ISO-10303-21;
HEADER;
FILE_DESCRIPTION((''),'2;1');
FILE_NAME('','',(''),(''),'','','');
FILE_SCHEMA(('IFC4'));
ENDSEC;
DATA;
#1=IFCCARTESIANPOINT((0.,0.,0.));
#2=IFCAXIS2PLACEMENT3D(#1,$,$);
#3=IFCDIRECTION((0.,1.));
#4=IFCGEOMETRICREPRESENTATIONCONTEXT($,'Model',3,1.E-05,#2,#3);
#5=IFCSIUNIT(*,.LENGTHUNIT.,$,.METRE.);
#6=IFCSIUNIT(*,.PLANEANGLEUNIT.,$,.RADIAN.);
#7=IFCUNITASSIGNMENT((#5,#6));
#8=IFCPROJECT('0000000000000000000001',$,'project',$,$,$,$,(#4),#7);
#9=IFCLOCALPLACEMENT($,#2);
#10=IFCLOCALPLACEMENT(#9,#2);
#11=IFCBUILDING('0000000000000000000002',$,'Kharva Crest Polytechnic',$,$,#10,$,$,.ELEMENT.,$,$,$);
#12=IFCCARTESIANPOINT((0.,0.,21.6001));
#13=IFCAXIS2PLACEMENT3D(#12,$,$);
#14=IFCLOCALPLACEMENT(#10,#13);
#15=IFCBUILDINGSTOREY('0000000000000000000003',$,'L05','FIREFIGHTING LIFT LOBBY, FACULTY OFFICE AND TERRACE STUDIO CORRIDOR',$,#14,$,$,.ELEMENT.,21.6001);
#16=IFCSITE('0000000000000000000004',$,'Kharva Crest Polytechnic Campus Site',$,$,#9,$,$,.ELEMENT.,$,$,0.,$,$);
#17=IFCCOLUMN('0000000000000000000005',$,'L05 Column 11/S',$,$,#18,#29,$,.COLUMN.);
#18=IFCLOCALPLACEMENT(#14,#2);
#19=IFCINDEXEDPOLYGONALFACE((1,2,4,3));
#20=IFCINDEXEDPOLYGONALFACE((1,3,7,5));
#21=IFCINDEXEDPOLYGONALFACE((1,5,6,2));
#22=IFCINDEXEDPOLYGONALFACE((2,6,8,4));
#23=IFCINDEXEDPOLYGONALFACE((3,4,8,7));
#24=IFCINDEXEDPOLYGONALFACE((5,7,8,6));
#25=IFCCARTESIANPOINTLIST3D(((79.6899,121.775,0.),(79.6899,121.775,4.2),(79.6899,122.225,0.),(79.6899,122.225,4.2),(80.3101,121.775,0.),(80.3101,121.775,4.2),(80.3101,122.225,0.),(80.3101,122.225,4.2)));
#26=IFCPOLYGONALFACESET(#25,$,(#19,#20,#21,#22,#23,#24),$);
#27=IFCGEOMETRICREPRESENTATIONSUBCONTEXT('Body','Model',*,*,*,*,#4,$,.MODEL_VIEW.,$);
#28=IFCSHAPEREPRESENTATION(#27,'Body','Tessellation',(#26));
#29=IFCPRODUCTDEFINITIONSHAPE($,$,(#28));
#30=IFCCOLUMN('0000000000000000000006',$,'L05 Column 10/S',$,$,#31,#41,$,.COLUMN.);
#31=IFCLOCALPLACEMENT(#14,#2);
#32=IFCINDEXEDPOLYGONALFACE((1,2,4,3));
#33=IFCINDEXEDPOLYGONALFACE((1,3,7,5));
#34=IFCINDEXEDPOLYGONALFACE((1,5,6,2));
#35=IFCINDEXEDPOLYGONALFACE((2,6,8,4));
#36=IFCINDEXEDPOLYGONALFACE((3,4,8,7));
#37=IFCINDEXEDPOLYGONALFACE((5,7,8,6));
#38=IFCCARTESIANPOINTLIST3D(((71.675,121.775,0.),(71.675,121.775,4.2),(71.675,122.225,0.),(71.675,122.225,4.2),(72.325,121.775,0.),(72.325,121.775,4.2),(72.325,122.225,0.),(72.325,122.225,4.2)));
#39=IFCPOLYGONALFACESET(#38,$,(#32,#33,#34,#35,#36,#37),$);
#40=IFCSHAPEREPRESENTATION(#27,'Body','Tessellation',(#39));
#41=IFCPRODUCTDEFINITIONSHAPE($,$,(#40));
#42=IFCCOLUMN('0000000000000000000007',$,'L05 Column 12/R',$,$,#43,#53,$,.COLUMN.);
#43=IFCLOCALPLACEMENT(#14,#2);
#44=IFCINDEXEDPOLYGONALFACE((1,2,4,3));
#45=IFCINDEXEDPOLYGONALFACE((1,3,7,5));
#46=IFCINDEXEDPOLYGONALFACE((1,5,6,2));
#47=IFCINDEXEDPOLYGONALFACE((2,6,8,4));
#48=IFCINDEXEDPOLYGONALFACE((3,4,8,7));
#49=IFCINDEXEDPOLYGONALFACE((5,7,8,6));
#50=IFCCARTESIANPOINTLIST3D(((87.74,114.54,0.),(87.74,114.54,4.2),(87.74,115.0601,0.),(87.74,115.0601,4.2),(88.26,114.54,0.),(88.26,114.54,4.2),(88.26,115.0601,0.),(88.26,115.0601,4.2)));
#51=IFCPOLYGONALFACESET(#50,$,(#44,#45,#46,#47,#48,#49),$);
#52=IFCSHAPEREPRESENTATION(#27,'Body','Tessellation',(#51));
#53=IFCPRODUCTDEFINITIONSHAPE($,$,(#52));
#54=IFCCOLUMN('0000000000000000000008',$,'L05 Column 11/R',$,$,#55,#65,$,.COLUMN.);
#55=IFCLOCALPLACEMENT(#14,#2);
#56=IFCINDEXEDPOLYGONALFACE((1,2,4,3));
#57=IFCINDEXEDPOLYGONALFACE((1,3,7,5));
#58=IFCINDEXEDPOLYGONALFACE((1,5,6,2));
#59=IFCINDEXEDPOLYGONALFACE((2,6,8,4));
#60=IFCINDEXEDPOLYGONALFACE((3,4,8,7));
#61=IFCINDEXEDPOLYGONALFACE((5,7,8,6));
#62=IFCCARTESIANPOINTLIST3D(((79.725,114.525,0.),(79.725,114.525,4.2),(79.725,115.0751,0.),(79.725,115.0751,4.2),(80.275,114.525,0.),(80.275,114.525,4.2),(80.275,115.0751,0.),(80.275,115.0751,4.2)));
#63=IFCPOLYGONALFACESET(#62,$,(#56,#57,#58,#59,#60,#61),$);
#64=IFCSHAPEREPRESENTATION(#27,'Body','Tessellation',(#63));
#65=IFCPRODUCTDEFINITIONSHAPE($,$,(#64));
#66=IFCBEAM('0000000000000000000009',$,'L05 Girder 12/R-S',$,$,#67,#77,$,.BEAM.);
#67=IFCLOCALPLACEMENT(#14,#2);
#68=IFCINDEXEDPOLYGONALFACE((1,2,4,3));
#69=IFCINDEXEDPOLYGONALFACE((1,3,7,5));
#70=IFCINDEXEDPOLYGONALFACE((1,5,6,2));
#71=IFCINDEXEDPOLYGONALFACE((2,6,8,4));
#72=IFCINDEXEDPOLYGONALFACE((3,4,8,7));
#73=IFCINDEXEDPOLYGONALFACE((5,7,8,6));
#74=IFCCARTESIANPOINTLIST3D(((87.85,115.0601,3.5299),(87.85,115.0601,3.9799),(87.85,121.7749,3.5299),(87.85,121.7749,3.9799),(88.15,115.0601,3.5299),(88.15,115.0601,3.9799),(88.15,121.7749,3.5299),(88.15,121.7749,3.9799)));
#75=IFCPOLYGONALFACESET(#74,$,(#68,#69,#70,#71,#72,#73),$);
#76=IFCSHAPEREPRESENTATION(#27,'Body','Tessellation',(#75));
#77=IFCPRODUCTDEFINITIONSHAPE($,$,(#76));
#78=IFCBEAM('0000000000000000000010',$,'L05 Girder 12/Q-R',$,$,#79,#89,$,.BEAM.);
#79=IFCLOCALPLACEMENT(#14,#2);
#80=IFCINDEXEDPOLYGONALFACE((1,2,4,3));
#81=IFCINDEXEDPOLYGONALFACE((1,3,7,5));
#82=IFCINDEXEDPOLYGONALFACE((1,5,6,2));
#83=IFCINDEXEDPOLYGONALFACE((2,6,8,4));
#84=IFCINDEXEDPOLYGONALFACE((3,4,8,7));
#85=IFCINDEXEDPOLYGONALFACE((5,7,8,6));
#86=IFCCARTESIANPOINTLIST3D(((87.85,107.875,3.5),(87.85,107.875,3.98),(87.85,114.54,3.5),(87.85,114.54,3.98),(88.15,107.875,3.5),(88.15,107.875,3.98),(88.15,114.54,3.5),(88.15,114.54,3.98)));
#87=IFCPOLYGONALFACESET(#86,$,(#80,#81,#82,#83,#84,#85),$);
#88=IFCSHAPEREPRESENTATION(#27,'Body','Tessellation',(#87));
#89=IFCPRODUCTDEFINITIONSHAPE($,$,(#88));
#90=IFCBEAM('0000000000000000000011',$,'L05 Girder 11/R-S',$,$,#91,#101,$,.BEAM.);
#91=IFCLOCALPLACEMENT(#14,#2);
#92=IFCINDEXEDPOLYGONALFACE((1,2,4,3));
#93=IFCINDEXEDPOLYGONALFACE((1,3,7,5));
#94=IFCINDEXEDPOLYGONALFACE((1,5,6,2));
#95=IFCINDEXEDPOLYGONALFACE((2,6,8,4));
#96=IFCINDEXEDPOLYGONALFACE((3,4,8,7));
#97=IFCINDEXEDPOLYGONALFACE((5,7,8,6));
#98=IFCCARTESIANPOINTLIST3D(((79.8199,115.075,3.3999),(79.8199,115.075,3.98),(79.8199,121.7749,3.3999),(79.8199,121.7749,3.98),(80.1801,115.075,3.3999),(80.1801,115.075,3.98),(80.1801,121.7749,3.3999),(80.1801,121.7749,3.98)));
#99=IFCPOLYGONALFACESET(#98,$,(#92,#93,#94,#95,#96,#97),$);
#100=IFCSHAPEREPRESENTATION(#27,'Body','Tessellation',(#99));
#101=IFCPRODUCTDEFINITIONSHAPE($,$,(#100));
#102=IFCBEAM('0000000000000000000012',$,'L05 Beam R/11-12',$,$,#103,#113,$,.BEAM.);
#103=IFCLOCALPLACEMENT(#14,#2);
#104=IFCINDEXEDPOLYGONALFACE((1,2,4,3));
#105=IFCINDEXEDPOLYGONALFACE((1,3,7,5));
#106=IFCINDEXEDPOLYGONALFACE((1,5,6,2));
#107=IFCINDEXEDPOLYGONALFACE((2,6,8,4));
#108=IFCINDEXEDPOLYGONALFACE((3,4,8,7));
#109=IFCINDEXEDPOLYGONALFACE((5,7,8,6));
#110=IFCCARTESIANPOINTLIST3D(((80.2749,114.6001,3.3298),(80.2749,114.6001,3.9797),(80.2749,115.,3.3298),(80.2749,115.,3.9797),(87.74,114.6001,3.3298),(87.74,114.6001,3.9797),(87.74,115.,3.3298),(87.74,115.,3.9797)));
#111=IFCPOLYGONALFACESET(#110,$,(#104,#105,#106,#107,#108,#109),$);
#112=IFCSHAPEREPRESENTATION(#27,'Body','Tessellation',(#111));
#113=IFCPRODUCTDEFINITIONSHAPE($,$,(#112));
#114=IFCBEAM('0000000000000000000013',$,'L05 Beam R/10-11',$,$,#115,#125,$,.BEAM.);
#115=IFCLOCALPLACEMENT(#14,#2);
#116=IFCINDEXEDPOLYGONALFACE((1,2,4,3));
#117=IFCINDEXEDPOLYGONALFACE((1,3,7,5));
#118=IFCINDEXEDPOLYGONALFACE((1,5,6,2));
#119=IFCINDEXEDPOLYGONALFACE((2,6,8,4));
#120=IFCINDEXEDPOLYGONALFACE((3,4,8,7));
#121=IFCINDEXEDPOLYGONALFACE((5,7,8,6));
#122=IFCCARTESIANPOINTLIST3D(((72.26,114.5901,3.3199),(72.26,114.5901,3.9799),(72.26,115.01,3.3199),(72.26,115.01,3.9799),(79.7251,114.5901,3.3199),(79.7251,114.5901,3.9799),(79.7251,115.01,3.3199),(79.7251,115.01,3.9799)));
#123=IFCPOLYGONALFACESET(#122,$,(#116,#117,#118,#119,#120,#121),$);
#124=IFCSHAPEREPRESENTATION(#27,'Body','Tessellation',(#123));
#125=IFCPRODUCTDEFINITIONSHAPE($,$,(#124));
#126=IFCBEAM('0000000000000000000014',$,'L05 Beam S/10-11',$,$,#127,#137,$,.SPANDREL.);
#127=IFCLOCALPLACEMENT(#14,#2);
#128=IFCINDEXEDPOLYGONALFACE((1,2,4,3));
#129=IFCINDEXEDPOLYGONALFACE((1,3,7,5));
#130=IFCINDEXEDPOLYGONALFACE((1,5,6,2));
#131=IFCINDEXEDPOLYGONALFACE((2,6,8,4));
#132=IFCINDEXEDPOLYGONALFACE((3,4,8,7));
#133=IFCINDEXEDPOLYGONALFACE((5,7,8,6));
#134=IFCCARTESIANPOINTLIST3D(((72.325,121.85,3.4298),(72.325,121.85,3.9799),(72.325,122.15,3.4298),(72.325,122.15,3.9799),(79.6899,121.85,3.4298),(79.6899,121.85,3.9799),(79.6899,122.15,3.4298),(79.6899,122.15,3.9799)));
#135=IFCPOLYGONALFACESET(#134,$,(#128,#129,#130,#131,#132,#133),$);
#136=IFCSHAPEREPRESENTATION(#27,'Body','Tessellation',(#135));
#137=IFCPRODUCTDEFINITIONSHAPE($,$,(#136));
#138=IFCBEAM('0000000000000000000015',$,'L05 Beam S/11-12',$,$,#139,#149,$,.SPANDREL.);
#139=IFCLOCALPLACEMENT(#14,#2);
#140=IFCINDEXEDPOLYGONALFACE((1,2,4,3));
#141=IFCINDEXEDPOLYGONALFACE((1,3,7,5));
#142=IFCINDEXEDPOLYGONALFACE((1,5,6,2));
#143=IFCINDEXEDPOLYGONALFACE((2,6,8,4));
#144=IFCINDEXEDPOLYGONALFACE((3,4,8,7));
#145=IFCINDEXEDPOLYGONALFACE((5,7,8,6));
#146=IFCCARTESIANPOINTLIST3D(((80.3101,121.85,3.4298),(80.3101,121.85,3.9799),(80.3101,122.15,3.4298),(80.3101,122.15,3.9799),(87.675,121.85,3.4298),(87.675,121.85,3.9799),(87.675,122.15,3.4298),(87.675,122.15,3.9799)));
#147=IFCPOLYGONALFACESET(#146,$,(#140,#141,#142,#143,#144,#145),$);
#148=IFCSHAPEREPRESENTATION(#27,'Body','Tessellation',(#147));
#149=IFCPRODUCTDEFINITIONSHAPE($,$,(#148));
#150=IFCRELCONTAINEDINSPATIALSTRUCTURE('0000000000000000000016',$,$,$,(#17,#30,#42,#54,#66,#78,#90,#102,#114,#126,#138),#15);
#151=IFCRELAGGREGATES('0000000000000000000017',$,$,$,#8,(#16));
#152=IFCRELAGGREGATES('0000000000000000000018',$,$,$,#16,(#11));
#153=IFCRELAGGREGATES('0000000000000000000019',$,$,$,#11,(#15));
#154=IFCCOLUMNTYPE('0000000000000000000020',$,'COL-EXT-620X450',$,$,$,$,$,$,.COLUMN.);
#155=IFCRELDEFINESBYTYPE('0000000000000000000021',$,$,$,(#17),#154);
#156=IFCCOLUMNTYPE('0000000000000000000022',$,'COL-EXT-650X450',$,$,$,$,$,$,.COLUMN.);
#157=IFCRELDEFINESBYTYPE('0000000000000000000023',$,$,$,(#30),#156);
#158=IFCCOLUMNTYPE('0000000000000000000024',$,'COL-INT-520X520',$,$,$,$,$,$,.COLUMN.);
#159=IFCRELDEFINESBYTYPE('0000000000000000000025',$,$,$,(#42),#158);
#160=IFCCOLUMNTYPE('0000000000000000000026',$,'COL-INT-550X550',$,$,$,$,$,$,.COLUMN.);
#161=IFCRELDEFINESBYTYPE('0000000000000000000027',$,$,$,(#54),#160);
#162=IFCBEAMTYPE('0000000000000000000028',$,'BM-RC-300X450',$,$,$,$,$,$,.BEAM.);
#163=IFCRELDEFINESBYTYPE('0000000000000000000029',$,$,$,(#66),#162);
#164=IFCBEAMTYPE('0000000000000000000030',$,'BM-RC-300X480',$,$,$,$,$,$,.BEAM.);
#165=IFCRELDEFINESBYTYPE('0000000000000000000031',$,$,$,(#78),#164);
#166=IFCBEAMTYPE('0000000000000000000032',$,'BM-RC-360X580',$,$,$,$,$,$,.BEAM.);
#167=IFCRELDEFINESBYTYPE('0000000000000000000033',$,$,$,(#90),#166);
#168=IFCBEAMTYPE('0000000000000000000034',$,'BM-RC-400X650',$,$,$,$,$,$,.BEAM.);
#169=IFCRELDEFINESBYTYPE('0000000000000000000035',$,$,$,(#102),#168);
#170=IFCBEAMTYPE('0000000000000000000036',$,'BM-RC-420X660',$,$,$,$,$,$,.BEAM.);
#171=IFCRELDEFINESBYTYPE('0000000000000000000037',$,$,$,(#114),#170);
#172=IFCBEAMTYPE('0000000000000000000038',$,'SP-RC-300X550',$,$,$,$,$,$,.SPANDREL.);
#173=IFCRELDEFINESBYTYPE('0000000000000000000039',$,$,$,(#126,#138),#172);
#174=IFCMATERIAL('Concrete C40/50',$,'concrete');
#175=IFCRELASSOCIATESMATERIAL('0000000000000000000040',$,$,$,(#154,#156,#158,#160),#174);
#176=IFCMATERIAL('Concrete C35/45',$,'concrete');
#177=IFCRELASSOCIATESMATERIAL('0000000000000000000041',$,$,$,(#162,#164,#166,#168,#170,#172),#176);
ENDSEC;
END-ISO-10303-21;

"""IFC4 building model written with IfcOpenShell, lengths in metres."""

from ifc_helpers import new_model, si_unit, direction, frame, origin, origin_2d, place, context, subcontext, project, spatial, rectangle, extrude, material, material_profile, profile_set, type_object, element, save


model = new_model("IFC4")

# Units and contexts
model_context = context("Model", 3, precision=1e-05, world=origin(), true_north=direction((0.0, 1.0)))
body_context = subcontext(model_context, "Body", "Model", "MODEL_VIEW")
ifc_project = project(units=[si_unit("LENGTHUNIT", "METRE"), si_unit("PLANEANGLEUNIT", "RADIAN")], contexts=[model_context])

# Site, building, storey
site_placement = place(None, origin())
site = spatial("IfcSite", under=ifc_project, at=site_placement, Name="Kharva Crest Polytechnic Campus Site", CompositionType="ELEMENT", RefElevation=0.0)
building_placement = place(site_placement, origin())
building = spatial("IfcBuilding", under=site, at=building_placement, Name="Kharva Crest Polytechnic", CompositionType="ELEMENT")
storey_placement = place(building_placement, frame((0.0, 0.0, 21.6001)))
storey = spatial("IfcBuildingStorey", under=building, at=storey_placement, Name="L05", Description="FIREFIGHTING LIFT LOBBY, FACULTY OFFICE AND TERRACE STUDIO CORRIDOR", CompositionType="ELEMENT", Elevation=21.6001)

# Columns
ifc_material_1 = material(Name="Concrete C40/50", Category="concrete")
ifc_material_profile_1 = material_profile(ifc_material_1, rectangle(XDim=0.6201, YDim=0.45, at=origin_2d()), Name="RECT 620 X 450")
ifc_profile_set_1 = profile_set([ifc_material_profile_1], Name="Concrete C40/50")
column_type_1 = type_object("IfcColumnType", Name="COL-EXT-620X450", PredefinedType="COLUMN", material=ifc_profile_set_1)
column_1_placement = place(storey_placement, frame((80.0, 122.0, 0.0), z_axis=(0.0, 0.0, 1.0), x_axis=(1.0, 0.0, 0.0)))
element("IfcColumn", 1, at=column_1_placement, inside=storey, type_object=column_type_1, Name="L05 Column 11/S", PredefinedType="COLUMN", context=body_context, shape_type="SweptSolid", body=[
    extrude(rectangle(XDim=0.6201, YDim=0.45, at=origin_2d()), origin(), (0.0, 0.0, 1.0), 4.2),
])
ifc_material_profile_2 = material_profile(ifc_material_1, rectangle(XDim=0.6499, YDim=0.45, at=origin_2d()), Name="RECT 650 X 450")
ifc_profile_set_2 = profile_set([ifc_material_profile_2], Name="Concrete C40/50")
column_type_2 = type_object("IfcColumnType", Name="COL-EXT-650X450", PredefinedType="COLUMN", material=ifc_profile_set_2)
column_2_placement = place(storey_placement, frame((72.0, 122.0, 0.0), z_axis=(0.0, 0.0, 1.0), x_axis=(1.0, 0.0, 0.0)))
element("IfcColumn", 2, at=column_2_placement, inside=storey, type_object=column_type_2, Name="L05 Column 10/S", PredefinedType="COLUMN", context=body_context, shape_type="SweptSolid", body=[
    extrude(rectangle(XDim=0.6499, YDim=0.45, at=origin_2d()), origin(), (0.0, 0.0, 1.0), 4.2),
])
ifc_material_profile_3 = material_profile(ifc_material_1, rectangle(XDim=0.52, YDim=0.52, at=origin_2d()), Name="RECT 520 X 520")
ifc_profile_set_3 = profile_set([ifc_material_profile_3], Name="Concrete C40/50")
column_type_3 = type_object("IfcColumnType", Name="COL-INT-520X520", PredefinedType="COLUMN", material=ifc_profile_set_3)
column_3_placement = place(storey_placement, frame((88.0, 114.8, 0.0), z_axis=(0.0, 0.0, 1.0), x_axis=(1.0, 0.0, 0.0)))
element("IfcColumn", 3, at=column_3_placement, inside=storey, type_object=column_type_3, Name="L05 Column 12/R", PredefinedType="COLUMN", context=body_context, shape_type="SweptSolid", body=[
    extrude(rectangle(XDim=0.52, YDim=0.52, at=origin_2d()), origin(), (0.0, 0.0, 1.0), 4.2),
])
ifc_material_profile_4 = material_profile(ifc_material_1, rectangle(XDim=0.55, YDim=0.55, at=origin_2d()), Name="RECT 550 X 550")
ifc_profile_set_4 = profile_set([ifc_material_profile_4], Name="Concrete C40/50")
column_type_4 = type_object("IfcColumnType", Name="COL-INT-550X550", PredefinedType="COLUMN", material=ifc_profile_set_4)
column_4_placement = place(storey_placement, frame((80.0, 114.8, 0.0), z_axis=(0.0, 0.0, 1.0), x_axis=(1.0, 0.0, 0.0)))
element("IfcColumn", 4, at=column_4_placement, inside=storey, type_object=column_type_4, Name="L05 Column 11/R", PredefinedType="COLUMN", context=body_context, shape_type="SweptSolid", body=[
    extrude(rectangle(XDim=0.55, YDim=0.55, at=origin_2d()), origin(), (0.0, 0.0, 1.0), 4.2),
])

# Beams
ifc_material_2 = material(Name="Concrete C35/45", Category="concrete")
ifc_material_profile_5 = material_profile(ifc_material_2, rectangle(XDim=0.3, YDim=0.45, at=origin_2d()), Name="RECT 300 X 450")
ifc_profile_set_5 = profile_set([ifc_material_profile_5], Name="Concrete C35/45")
beam_type_1 = type_object("IfcBeamType", Name="BM-RC-300X450", PredefinedType="BEAM", material=ifc_profile_set_5)
beam_1_placement = place(storey_placement, frame((88.0, 115.0601, 3.7549), z_axis=(0.0, 1.0, 0.0), x_axis=(-1.0, 0.0, 0.0)))
element("IfcBeam", 5, at=beam_1_placement, inside=storey, type_object=beam_type_1, Name="L05 Girder 12/R-S", PredefinedType="BEAM", context=body_context, shape_type="SweptSolid", body=[
    extrude(rectangle(XDim=0.3, YDim=0.45, at=origin_2d()), origin(), (0.0, 0.0, 1.0), 6.7148),
])
ifc_material_profile_6 = material_profile(ifc_material_2, rectangle(XDim=0.3, YDim=0.48, at=origin_2d()), Name="RECT 300 X 480")
ifc_profile_set_6 = profile_set([ifc_material_profile_6], Name="Concrete C35/45")
beam_type_2 = type_object("IfcBeamType", Name="BM-RC-300X480", PredefinedType="BEAM", material=ifc_profile_set_6)
beam_2_placement = place(storey_placement, frame((88.0, 107.875, 3.74), z_axis=(0.0, 1.0, 0.0), x_axis=(-1.0, 0.0, 0.0)))
element("IfcBeam", 6, at=beam_2_placement, inside=storey, type_object=beam_type_2, Name="L05 Girder 12/Q-R", PredefinedType="BEAM", context=body_context, shape_type="SweptSolid", body=[
    extrude(rectangle(XDim=0.3, YDim=0.48, at=origin_2d()), origin(), (0.0, 0.0, 1.0), 6.665),
])
ifc_material_profile_7 = material_profile(ifc_material_2, rectangle(XDim=0.3601, YDim=0.5801, at=origin_2d()), Name="RECT 360 X 580")
ifc_profile_set_7 = profile_set([ifc_material_profile_7], Name="Concrete C35/45")
beam_type_3 = type_object("IfcBeamType", Name="BM-RC-360X580", PredefinedType="BEAM", material=ifc_profile_set_7)
beam_3_placement = place(storey_placement, frame((80.0, 115.075, 3.6899), z_axis=(0.0, 1.0, 0.0), x_axis=(-1.0, 0.0, 0.0)))
element("IfcBeam", 7, at=beam_3_placement, inside=storey, type_object=beam_type_3, Name="L05 Girder 11/R-S", PredefinedType="BEAM", context=body_context, shape_type="SweptSolid", body=[
    extrude(rectangle(XDim=0.3601, YDim=0.5801, at=origin_2d()), origin(), (0.0, 0.0, 1.0), 6.7),
])
ifc_material_profile_8 = material_profile(ifc_material_2, rectangle(XDim=0.3999, YDim=0.6499, at=origin_2d()), Name="RECT 400 X 650")
ifc_profile_set_8 = profile_set([ifc_material_profile_8], Name="Concrete C35/45")
beam_type_4 = type_object("IfcBeamType", Name="BM-RC-400X650", PredefinedType="BEAM", material=ifc_profile_set_8)
beam_4_placement = place(storey_placement, frame((80.2749, 114.8, 3.6548), z_axis=(1.0, 0.0, 0.0), x_axis=(0.0, 1.0, 0.0)))
element("IfcBeam", 8, at=beam_4_placement, inside=storey, type_object=beam_type_4, Name="L05 Beam R/11-12", PredefinedType="BEAM", context=body_context, shape_type="SweptSolid", body=[
    extrude(rectangle(XDim=0.3999, YDim=0.6499, at=origin_2d()), origin(), (0.0, 0.0, 1.0), 7.4651),
])
ifc_material_profile_9 = material_profile(ifc_material_2, rectangle(XDim=0.4199, YDim=0.6599, at=origin_2d()), Name="RECT 420 X 660")
ifc_profile_set_9 = profile_set([ifc_material_profile_9], Name="Concrete C35/45")
beam_type_5 = type_object("IfcBeamType", Name="BM-RC-420X660", PredefinedType="BEAM", material=ifc_profile_set_9)
beam_5_placement = place(storey_placement, frame((72.26, 114.8, 3.6499), z_axis=(1.0, 0.0, 0.0), x_axis=(0.0, 1.0, 0.0)))
element("IfcBeam", 9, at=beam_5_placement, inside=storey, type_object=beam_type_5, Name="L05 Beam R/10-11", PredefinedType="BEAM", context=body_context, shape_type="SweptSolid", body=[
    extrude(rectangle(XDim=0.4199, YDim=0.6599, at=origin_2d()), origin(), (0.0, 0.0, 1.0), 7.4651),
])
ifc_material_profile_10 = material_profile(ifc_material_2, rectangle(XDim=0.3, YDim=0.55, at=origin_2d()), Name="RECT 300 X 550")
ifc_profile_set_10 = profile_set([ifc_material_profile_10], Name="Concrete C35/45")
beam_type_6 = type_object("IfcBeamType", Name="SP-RC-300X550", PredefinedType="SPANDREL", material=ifc_profile_set_10)
for number, where, z_axis, x_axis, name in (
    (10, (72.325, 122.0, 3.7048), (1.0, 0.0, 0.0), (0.0, 1.0, 0.0), "L05 Beam S/10-11"),
    (11, (80.3101, 122.0, 3.7048), (1.0, 0.0, 0.0), (0.0, 1.0, 0.0), "L05 Beam S/11-12"),
):
    element("IfcBeam", number, at=place(storey_placement, frame(where, z_axis=z_axis, x_axis=x_axis)), inside=storey, type_object=beam_type_6, Name=name, PredefinedType="SPANDREL", context=body_context, shape_type="SweptSolid", body=[
        extrude(rectangle(XDim=0.3, YDim=0.55, at=origin_2d()), origin(), (0.0, 0.0, 1.0), 7.365),
    ])

save(model, "model.ifc")
